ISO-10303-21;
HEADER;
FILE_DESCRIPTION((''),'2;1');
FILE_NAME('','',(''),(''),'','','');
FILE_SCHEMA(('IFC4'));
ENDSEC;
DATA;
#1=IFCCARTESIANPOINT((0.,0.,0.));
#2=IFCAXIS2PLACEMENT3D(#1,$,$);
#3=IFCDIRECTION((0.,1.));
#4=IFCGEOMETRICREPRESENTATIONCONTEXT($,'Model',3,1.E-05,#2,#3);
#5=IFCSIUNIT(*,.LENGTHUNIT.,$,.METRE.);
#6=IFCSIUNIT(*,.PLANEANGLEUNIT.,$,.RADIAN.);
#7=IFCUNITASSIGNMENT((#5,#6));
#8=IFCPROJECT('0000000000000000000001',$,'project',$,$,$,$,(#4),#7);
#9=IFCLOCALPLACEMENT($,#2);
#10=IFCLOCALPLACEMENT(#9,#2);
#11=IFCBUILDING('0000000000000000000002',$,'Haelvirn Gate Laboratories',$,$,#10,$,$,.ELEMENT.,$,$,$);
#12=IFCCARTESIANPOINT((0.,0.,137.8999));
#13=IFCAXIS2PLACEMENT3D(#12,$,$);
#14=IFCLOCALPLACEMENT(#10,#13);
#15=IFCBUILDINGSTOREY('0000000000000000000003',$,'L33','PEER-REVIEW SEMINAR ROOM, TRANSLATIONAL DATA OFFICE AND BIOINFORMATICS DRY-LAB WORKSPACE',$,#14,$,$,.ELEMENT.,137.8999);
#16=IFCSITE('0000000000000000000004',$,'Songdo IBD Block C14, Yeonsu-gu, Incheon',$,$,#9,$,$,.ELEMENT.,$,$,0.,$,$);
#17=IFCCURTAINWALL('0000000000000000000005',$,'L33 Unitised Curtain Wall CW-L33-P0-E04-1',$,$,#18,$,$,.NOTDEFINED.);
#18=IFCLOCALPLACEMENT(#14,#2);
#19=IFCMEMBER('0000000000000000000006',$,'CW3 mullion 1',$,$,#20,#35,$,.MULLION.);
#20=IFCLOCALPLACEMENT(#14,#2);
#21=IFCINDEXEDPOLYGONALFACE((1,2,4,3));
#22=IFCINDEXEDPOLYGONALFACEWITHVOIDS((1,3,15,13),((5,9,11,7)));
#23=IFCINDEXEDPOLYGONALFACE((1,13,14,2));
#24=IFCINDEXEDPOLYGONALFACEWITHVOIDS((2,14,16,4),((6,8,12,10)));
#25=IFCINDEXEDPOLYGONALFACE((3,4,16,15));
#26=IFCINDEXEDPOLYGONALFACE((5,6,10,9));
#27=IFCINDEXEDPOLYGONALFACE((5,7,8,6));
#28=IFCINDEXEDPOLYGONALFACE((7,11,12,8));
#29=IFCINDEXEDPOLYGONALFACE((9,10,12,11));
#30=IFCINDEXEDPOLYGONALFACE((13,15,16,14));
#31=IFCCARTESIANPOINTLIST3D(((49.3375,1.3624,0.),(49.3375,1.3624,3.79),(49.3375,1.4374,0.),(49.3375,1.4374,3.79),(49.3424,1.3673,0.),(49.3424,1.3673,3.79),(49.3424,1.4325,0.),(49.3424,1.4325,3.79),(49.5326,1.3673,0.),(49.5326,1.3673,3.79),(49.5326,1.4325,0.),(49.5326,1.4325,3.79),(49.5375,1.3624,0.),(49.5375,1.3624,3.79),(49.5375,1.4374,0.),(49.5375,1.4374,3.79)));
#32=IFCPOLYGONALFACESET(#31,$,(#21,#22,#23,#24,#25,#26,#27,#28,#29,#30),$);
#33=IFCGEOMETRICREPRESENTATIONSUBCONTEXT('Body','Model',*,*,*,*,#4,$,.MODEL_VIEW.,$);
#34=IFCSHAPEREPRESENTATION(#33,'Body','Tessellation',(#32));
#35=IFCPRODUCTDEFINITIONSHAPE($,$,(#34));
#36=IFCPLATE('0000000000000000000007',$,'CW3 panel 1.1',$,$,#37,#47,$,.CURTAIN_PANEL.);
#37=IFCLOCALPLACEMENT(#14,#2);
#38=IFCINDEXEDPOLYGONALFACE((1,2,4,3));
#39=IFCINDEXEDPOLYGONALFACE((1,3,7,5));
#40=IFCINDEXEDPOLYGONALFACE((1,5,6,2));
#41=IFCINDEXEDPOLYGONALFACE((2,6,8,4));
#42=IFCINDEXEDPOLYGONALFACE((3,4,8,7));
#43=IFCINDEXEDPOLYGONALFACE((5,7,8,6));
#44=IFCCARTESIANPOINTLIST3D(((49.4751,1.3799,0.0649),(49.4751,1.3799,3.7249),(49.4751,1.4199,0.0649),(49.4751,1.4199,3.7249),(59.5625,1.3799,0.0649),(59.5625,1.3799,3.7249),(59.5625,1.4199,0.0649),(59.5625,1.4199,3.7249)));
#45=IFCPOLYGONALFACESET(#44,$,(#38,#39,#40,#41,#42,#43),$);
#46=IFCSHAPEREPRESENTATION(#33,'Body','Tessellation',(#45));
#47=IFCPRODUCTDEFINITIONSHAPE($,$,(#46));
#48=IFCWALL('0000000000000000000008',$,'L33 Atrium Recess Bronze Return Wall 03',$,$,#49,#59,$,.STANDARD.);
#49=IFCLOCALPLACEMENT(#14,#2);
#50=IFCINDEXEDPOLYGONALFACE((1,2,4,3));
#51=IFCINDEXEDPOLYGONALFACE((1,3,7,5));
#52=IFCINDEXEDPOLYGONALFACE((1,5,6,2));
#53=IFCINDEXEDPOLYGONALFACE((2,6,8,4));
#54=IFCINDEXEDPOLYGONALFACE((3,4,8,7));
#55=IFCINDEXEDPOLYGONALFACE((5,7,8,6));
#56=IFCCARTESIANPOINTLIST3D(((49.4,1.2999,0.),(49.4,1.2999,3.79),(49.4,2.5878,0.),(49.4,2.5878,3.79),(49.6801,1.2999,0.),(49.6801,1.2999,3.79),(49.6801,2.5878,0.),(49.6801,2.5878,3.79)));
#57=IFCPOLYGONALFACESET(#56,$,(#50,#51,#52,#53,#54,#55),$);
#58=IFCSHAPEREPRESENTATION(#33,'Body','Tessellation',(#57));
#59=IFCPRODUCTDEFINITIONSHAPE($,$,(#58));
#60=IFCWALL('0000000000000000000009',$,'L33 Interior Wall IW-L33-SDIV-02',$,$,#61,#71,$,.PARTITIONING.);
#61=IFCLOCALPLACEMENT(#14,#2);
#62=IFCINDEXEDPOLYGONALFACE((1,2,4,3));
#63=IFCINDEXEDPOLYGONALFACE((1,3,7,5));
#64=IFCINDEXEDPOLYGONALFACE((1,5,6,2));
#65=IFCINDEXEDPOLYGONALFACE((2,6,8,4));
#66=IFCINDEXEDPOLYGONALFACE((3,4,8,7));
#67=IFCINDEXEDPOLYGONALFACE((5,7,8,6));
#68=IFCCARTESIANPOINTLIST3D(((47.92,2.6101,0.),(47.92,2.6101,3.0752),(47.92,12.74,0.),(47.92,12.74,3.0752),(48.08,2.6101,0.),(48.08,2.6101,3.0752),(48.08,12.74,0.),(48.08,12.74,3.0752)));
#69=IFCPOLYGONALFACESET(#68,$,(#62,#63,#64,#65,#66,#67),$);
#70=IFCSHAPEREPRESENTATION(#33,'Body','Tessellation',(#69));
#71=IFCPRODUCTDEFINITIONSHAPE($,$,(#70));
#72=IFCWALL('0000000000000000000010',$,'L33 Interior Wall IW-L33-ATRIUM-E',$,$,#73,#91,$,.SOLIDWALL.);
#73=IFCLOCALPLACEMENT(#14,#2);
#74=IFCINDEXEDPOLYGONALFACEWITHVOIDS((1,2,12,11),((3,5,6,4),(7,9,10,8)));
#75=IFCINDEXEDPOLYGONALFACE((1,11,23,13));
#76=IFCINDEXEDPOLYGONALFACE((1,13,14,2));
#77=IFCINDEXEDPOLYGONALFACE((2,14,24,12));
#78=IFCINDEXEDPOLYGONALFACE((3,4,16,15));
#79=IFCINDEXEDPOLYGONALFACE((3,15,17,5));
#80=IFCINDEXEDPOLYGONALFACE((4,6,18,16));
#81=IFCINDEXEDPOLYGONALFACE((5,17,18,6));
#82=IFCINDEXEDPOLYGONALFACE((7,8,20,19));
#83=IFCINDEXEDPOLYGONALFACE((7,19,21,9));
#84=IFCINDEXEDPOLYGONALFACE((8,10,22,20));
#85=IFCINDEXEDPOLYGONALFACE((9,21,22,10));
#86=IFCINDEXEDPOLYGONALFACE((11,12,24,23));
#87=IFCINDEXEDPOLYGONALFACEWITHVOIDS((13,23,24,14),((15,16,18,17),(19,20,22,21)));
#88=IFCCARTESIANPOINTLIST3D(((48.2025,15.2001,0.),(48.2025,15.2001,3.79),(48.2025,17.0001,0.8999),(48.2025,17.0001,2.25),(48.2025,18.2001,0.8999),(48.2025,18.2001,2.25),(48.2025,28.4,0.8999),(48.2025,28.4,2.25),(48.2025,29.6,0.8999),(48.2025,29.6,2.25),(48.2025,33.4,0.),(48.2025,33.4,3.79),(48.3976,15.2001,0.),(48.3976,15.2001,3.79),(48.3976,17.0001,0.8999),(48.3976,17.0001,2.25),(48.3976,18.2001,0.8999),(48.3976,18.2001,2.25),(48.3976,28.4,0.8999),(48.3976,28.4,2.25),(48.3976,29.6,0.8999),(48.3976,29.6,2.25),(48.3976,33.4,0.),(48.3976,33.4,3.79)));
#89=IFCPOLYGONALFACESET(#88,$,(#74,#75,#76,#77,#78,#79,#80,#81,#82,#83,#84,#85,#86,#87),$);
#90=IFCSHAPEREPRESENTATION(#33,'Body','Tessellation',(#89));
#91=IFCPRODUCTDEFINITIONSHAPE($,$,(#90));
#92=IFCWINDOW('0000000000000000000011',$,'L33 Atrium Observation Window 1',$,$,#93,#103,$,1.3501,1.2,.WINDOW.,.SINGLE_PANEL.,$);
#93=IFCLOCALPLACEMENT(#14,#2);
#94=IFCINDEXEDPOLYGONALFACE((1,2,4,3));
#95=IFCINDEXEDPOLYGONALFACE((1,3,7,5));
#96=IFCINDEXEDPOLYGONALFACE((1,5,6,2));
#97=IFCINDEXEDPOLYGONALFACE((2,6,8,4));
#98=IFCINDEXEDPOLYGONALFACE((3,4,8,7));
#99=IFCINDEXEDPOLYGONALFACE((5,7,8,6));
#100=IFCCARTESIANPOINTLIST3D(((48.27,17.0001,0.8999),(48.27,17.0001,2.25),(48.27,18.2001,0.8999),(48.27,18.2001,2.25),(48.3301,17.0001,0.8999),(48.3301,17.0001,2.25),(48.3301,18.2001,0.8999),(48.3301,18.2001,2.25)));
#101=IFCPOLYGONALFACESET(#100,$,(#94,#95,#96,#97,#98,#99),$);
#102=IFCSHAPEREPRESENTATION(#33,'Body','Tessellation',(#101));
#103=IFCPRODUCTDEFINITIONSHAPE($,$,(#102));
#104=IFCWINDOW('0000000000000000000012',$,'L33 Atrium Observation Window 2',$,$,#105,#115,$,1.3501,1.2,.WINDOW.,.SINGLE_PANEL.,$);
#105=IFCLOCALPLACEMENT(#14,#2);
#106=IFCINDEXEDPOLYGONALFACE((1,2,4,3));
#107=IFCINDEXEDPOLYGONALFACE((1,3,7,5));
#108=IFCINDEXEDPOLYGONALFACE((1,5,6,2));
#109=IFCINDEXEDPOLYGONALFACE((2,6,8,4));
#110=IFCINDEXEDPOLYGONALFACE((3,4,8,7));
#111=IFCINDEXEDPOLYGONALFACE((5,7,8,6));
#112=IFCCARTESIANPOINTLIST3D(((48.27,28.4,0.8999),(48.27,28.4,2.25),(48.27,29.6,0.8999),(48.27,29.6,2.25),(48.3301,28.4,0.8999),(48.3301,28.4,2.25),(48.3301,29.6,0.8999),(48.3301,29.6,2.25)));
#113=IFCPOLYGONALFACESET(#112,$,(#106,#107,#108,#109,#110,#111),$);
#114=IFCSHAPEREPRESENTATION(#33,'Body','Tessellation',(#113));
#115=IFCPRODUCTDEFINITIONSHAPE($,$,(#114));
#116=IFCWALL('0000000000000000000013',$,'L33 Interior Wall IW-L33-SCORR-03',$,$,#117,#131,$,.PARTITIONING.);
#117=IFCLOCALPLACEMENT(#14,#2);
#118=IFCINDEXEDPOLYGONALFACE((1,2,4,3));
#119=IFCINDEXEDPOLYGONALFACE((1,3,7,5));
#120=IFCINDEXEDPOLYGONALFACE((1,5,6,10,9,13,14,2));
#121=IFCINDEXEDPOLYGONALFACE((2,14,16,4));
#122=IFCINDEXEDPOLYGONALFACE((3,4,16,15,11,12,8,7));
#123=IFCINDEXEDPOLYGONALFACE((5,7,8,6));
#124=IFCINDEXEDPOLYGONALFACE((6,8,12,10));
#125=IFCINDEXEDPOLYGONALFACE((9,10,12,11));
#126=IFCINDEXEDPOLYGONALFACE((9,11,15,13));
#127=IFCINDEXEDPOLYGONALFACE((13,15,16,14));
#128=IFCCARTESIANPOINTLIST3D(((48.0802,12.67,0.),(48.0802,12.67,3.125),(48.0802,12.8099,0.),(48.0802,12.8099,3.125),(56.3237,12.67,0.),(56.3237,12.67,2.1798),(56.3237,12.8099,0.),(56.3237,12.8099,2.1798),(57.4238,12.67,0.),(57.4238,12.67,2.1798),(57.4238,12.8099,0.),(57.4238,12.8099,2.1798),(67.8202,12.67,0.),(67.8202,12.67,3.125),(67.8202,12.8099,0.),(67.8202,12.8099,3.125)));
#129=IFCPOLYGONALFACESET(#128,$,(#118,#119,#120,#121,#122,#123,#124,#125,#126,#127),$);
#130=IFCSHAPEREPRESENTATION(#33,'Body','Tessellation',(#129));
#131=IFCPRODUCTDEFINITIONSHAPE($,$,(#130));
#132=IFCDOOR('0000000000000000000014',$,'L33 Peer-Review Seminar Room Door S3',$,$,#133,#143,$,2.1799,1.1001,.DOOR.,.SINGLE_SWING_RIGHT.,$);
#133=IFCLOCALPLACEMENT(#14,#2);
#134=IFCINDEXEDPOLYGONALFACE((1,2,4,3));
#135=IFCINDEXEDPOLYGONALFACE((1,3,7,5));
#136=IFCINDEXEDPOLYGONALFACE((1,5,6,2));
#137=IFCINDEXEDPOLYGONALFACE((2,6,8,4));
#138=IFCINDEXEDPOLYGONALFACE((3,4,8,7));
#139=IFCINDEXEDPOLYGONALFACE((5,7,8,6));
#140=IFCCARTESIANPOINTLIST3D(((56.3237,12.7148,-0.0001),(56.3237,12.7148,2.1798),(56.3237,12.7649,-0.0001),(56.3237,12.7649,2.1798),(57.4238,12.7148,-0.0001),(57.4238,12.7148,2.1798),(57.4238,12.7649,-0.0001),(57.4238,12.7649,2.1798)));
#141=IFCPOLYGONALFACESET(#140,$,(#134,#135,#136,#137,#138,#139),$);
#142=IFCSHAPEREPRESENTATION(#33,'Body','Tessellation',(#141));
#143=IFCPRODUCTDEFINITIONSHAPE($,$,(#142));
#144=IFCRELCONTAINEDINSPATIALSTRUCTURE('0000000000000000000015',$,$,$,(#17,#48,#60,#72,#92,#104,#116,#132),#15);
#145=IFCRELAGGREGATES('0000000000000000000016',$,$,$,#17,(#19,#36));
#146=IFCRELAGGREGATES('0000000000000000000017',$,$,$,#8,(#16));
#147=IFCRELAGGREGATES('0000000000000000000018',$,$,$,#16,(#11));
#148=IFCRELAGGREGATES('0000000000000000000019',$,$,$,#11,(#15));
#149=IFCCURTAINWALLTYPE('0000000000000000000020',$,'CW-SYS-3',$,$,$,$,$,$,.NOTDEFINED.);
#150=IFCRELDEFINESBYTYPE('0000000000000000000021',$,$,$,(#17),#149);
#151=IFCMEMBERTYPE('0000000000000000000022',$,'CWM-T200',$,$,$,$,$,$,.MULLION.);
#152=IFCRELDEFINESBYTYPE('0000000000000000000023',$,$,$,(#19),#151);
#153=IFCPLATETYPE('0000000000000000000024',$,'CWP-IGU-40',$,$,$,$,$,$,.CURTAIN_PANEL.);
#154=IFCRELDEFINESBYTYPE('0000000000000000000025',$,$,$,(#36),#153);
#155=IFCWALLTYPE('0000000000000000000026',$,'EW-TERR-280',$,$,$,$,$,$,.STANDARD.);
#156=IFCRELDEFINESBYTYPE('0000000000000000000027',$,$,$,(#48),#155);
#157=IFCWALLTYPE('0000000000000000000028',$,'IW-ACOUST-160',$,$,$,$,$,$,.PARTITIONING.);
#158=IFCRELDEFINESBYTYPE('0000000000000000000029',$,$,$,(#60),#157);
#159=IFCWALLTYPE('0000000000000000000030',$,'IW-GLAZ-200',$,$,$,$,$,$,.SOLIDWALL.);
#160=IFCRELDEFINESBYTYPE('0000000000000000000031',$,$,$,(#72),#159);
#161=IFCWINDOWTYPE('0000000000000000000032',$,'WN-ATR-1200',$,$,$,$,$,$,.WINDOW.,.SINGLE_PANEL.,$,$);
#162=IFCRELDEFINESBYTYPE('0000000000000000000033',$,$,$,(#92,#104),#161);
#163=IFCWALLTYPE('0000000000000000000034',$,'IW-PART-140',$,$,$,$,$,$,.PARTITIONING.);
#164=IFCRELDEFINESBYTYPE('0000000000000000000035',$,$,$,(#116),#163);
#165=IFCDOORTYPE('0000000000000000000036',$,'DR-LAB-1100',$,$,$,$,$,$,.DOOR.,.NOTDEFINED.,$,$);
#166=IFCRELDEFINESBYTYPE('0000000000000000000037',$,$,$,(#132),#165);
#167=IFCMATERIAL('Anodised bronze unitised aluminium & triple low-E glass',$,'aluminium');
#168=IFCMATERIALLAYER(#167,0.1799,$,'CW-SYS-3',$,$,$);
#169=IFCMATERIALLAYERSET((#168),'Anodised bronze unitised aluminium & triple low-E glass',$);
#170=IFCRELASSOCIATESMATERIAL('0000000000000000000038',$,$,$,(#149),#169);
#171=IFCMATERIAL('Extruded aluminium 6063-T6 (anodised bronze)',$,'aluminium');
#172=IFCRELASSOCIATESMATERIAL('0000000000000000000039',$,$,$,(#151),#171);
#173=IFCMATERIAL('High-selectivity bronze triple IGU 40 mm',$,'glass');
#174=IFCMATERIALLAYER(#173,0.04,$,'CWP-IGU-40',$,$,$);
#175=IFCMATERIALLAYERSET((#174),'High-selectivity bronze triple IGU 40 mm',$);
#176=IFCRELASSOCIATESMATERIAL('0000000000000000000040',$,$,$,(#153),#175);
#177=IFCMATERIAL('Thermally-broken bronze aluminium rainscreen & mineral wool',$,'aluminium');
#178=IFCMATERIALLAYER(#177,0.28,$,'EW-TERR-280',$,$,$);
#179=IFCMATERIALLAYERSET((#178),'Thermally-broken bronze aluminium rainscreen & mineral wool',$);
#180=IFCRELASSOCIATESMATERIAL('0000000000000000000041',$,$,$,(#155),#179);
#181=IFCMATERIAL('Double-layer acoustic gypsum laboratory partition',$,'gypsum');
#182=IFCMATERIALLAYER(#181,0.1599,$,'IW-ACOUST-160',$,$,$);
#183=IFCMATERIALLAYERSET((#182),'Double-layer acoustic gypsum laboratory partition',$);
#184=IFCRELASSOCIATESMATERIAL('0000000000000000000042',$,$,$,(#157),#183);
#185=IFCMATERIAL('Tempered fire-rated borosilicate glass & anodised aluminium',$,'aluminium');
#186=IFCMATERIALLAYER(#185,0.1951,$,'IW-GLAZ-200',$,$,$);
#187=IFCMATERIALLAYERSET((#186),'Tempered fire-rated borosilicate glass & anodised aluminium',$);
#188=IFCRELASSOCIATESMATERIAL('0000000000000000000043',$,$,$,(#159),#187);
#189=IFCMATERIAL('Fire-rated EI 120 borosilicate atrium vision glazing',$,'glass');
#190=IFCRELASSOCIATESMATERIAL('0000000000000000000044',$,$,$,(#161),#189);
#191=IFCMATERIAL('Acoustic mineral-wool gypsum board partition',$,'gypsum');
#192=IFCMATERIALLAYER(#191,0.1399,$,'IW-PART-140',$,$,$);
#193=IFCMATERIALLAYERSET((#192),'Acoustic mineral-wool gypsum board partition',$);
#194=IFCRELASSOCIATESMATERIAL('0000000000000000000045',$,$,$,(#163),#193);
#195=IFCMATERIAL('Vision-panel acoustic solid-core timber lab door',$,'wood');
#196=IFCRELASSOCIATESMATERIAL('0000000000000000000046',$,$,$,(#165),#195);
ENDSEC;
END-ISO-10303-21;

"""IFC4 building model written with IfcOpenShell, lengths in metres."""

from ifc_helpers import new_model, si_unit, direction, frame, frame_2d, origin, origin_2d, place, context, subcontext, project, spatial, rectangle, hollow_rectangle, extrude, source, transform, mapped, material, layer, layer_set, material_profile, profile_set, type_object, type_shapes, element, fill, aggregate, save


model = new_model("IFC4")

# Units and contexts
model_context = context("Model", 3, precision=1e-05, world=origin(), true_north=direction((0.0, 1.0)))
body_context = subcontext(model_context, "Body", "Model", "MODEL_VIEW")
ifc_project = project(units=[si_unit("LENGTHUNIT", "METRE"), si_unit("PLANEANGLEUNIT", "RADIAN")], contexts=[model_context])

# Site, building, storey
site_placement = place(None, origin())
site = spatial("IfcSite", under=ifc_project, at=site_placement, Name="Songdo IBD Block C14, Yeonsu-gu, Incheon", CompositionType="ELEMENT", RefElevation=0.0)
building_placement = place(site_placement, origin())
building = spatial("IfcBuilding", under=site, at=building_placement, Name="Haelvirn Gate Laboratories", CompositionType="ELEMENT")
storey_placement = place(building_placement, frame((0.0, 0.0, 137.8999)))
storey = spatial("IfcBuildingStorey", under=building, at=storey_placement, Name="L33", Description="PEER-REVIEW SEMINAR ROOM, TRANSLATIONAL DATA OFFICE AND BIOINFORMATICS DRY-LAB WORKSPACE", CompositionType="ELEMENT", Elevation=137.8999)

# Curtain wall
ifc_material_1 = material(Name="Anodised bronze unitised aluminium & triple low-E glass", Category="aluminium")
ifc_layer_1 = layer(ifc_material_1, 0.1799, Name="CW-SYS-3")
ifc_layer_set_1 = layer_set([ifc_layer_1], Name="Anodised bronze unitised aluminium & triple low-E glass")
curtain_wall_type = type_object("IfcCurtainWallType", Name="CW-SYS-3", PredefinedType="NOTDEFINED", material=ifc_layer_set_1)
curtain_wall_1_placement = place(storey_placement, origin())
curtain_wall_1 = element("IfcCurtainWall", 1, at=curtain_wall_1_placement, inside=storey, type_object=curtain_wall_type, Name="L33 Unitised Curtain Wall CW-L33-P0-E04-1", PredefinedType="NOTDEFINED")
ifc_material_2 = material(Name="Extruded aluminium 6063-T6 (anodised bronze)", Category="aluminium")

# Shared definitions
ifc_material_profile_1 = material_profile(ifc_material_2, hollow_rectangle(XDim=0.075, YDim=0.2, WallThickness=0.0049, at=origin_2d()), Name="CWM-200x75x5")
ifc_profile_set_1 = profile_set([ifc_material_profile_1], Name="Extruded aluminium 6063-T6 (anodised bronze)")
member_type_1 = type_object("IfcMemberType", Name="CWM-T200", PredefinedType="MULLION", material=ifc_profile_set_1)
shared_shape_1 = source(origin(), body_context, "Body", "SweptSolid", [
    extrude(hollow_rectangle(XDim=0.075, YDim=0.2, WallThickness=0.0049, at=origin_2d()), origin(), (0.0, 0.0, 1.0), 3.79),
])
type_shapes(member_type_1, [shared_shape_1])

# Member
member_1_placement = place(storey_placement, frame((49.4375, 1.3999, 0.0), z_axis=(0.0, 0.0, 1.0), x_axis=(0.0, 1.0, 0.0)))
member_1 = element("IfcMember", 2, at=member_1_placement, type_object=member_type_1, Name="CW3 mullion 1", PredefinedType="MULLION", context=body_context, shape_type="MappedRepresentation", body=[
    mapped(shared_shape_1, transform((0.0, 0.0, 0.0), scale=1.0)),
])

# Plate
ifc_material_3 = material(Name="High-selectivity bronze triple IGU 40 mm", Category="glass")
ifc_layer_2 = layer(ifc_material_3, 0.04, Name="CWP-IGU-40")
ifc_layer_set_2 = layer_set([ifc_layer_2], Name="High-selectivity bronze triple IGU 40 mm")
plate_type = type_object("IfcPlateType", Name="CWP-IGU-40", PredefinedType="CURTAIN_PANEL", material=ifc_layer_set_2)
shared_shape_2 = source(origin(), body_context, "Body", "SweptSolid", [
    extrude(rectangle(XDim=10.0874, YDim=0.04, at=origin_2d()), origin(), (0.0, 0.0, 1.0), 3.6599),
])
type_shapes(plate_type, [shared_shape_2])
plate_placement = place(storey_placement, frame((54.5188, 1.3999, 0.0649), z_axis=(0.0, 0.0, 1.0), x_axis=(1.0, 0.0, 0.0)))
plate = element("IfcPlate", 3, at=plate_placement, type_object=plate_type, Name="CW3 panel 1.1", PredefinedType="CURTAIN_PANEL", context=body_context, shape_type="MappedRepresentation", body=[
    mapped(shared_shape_2, transform((0.0, 0.0, 0.0), scale=1.0)),
])
aggregate(curtain_wall_1, [member_1, plate])

# Walls
ifc_material_4 = material(Name="Thermally-broken bronze aluminium rainscreen & mineral wool", Category="aluminium")
ifc_layer_3 = layer(ifc_material_4, 0.28, Name="EW-TERR-280")
ifc_layer_set_3 = layer_set([ifc_layer_3], Name="Thermally-broken bronze aluminium rainscreen & mineral wool")
wall_type_1 = type_object("IfcWallType", Name="EW-TERR-280", PredefinedType="STANDARD", material=ifc_layer_set_3)
wall_1_placement = place(storey_placement, frame((49.54, 2.5879, 0.0), z_axis=(0.0, 0.0, 1.0), x_axis=(0.0, -1.0, 0.0)))
element("IfcWall", 4, at=wall_1_placement, inside=storey, type_object=wall_type_1, Name="L33 Atrium Recess Bronze Return Wall 03", PredefinedType="STANDARD", context=body_context, shape_type="SweptSolid", body=[
    extrude(rectangle(XDim=1.2878, YDim=0.28, at=frame_2d((0.644, 0.0))), origin(), (0.0, 0.0, 1.0), 3.79),
])
ifc_material_5 = material(Name="Double-layer acoustic gypsum laboratory partition", Category="gypsum")
ifc_layer_4 = layer(ifc_material_5, 0.1599, Name="IW-ACOUST-160")
ifc_layer_set_4 = layer_set([ifc_layer_4], Name="Double-layer acoustic gypsum laboratory partition")
wall_type_2 = type_object("IfcWallType", Name="IW-ACOUST-160", PredefinedType="PARTITIONING", material=ifc_layer_set_4)
wall_2_placement = place(storey_placement, frame((48.0, 2.6101, 0.0), z_axis=(0.0, 0.0, 1.0), x_axis=(0.0, 1.0, 0.0)))
element("IfcWall", 5, at=wall_2_placement, inside=storey, type_object=wall_type_2, Name="L33 Interior Wall IW-L33-SDIV-02", PredefinedType="PARTITIONING", context=body_context, shape_type="SweptSolid", body=[
    extrude(rectangle(XDim=10.1299, YDim=0.1599, at=frame_2d((5.0649, 0.0))), origin(), (0.0, 0.0, 1.0), 3.0752),
])

# Wall, openings, windows
ifc_material_6 = material(Name="Tempered fire-rated borosilicate glass & anodised aluminium", Category="aluminium")
ifc_layer_5 = layer(ifc_material_6, 0.1951, Name="IW-GLAZ-200")
ifc_layer_set_5 = layer_set([ifc_layer_5], Name="Tempered fire-rated borosilicate glass & anodised aluminium")
wall_type_3 = type_object("IfcWallType", Name="IW-GLAZ-200", PredefinedType="SOLIDWALL", material=ifc_layer_set_5)
wall_3_placement = place(storey_placement, frame((48.3, 15.2, 0.0), z_axis=(0.0, 0.0, 1.0), x_axis=(0.0, 1.0, 0.0)))
wall_3 = element("IfcWall", 6, at=wall_3_placement, inside=storey, type_object=wall_type_3, Name="L33 Interior Wall IW-L33-ATRIUM-E", PredefinedType="SOLIDWALL", context=body_context, shape_type="SweptSolid", body=[
    extrude(rectangle(XDim=18.2, YDim=0.1951, at=frame_2d((9.1001, 0.0))), origin(), (0.0, 0.0, 1.0), 3.79),
])
opening_1_placement = place(wall_3_placement, frame((1.8, 0.0, 0.8999)))
opening_1 = element("IfcOpeningElement", 7, at=opening_1_placement, cuts=wall_3, PredefinedType="OPENING", context=body_context, shape_type="SweptSolid", body=[
    extrude(rectangle(XDim=1.2, YDim=1.3501, at=frame_2d((0.6001, 0.675))), frame((0.0, 0.1074, 0.0), z_axis=(0.0, -1.0, 0.0), x_axis=(1.0, 0.0, 0.0)), (0.0, 0.0, 1.0), 0.2151),
])
opening_2_placement = place(wall_3_placement, frame((13.2, 0.0, 0.8999)))
opening_2 = element("IfcOpeningElement", 8, at=opening_2_placement, cuts=wall_3, PredefinedType="OPENING", context=body_context, shape_type="SweptSolid", body=[
    extrude(rectangle(XDim=1.2, YDim=1.3501, at=frame_2d((0.6001, 0.675))), frame((0.0, 0.1074, 0.0), z_axis=(0.0, -1.0, 0.0), x_axis=(1.0, 0.0, 0.0)), (0.0, 0.0, 1.0), 0.2151),
])
ifc_material_7 = material(Name="Fire-rated EI 120 borosilicate atrium vision glazing", Category="glass")
window_type = type_object("IfcWindowType", Name="WN-ATR-1200", PartitioningType="SINGLE_PANEL", PredefinedType="WINDOW", material=ifc_material_7)
shared_shape_3 = source(origin(), body_context, "Body", "SweptSolid", [
    extrude(rectangle(XDim=1.2, YDim=1.3501, at=frame_2d((0.6001, 0.675))), frame((0.0, 0.03, 0.0), z_axis=(0.0, -1.0, 0.0), x_axis=(1.0, 0.0, 0.0)), (0.0, 0.0, 1.0), 0.0601),
])
type_shapes(window_type, [shared_shape_3])
window_1_placement = place(opening_1_placement, origin())
window_1 = element("IfcWindow", 9, at=window_1_placement, inside=storey, type_object=window_type, Name="L33 Atrium Observation Window 1", OverallHeight=1.3501, OverallWidth=1.2, PartitioningType="SINGLE_PANEL", PredefinedType="WINDOW", context=body_context, shape_type="MappedRepresentation", body=[
    mapped(shared_shape_3, transform((0.0, 0.0, 0.0), scale=1.0)),
])
fill(opening_1, window_1)
window_2_placement = place(opening_2_placement, origin())
window_2 = element("IfcWindow", 10, at=window_2_placement, inside=storey, type_object=window_type, Name="L33 Atrium Observation Window 2", OverallHeight=1.3501, OverallWidth=1.2, PartitioningType="SINGLE_PANEL", PredefinedType="WINDOW", context=body_context, shape_type="MappedRepresentation", body=[
    mapped(shared_shape_3, transform((0.0, 0.0, 0.0), scale=1.0)),
])
fill(opening_2, window_2)

# Wall, opening, door
ifc_material_8 = material(Name="Acoustic mineral-wool gypsum board partition", Category="gypsum")
ifc_layer_6 = layer(ifc_material_8, 0.1399, Name="IW-PART-140")
ifc_layer_set_6 = layer_set([ifc_layer_6], Name="Acoustic mineral-wool gypsum board partition")
wall_type_4 = type_object("IfcWallType", Name="IW-PART-140", PredefinedType="PARTITIONING", material=ifc_layer_set_6)
wall_4_placement = place(storey_placement, frame((48.0801, 12.74, 0.0), z_axis=(0.0, 0.0, 1.0), x_axis=(1.0, 0.0, 0.0)))
wall_4 = element("IfcWall", 11, at=wall_4_placement, inside=storey, type_object=wall_type_4, Name="L33 Interior Wall IW-L33-SCORR-03", PredefinedType="PARTITIONING", context=body_context, shape_type="SweptSolid", body=[
    extrude(rectangle(XDim=19.74, YDim=0.1399, at=frame_2d((9.8701, 0.0))), origin(), (0.0, 0.0, 1.0), 3.125),
])
opening_3_placement = place(wall_4_placement, frame((8.2437, 0.0, 0.0)))
opening_3 = element("IfcOpeningElement", 12, at=opening_3_placement, cuts=wall_4, PredefinedType="OPENING", context=body_context, shape_type="SweptSolid", body=[
    extrude(rectangle(XDim=1.1001, YDim=2.1799, at=frame_2d((0.55, 1.0898))), frame((0.0, 0.0801, 0.0), z_axis=(0.0, -1.0, 0.0), x_axis=(1.0, 0.0, 0.0)), (0.0, 0.0, 1.0), 0.1599),
])
ifc_material_9 = material(Name="Vision-panel acoustic solid-core timber lab door", Category="wood")
door_type_1 = type_object("IfcDoorType", Name="DR-LAB-1100", OperationType="NOTDEFINED", PredefinedType="DOOR", material=ifc_material_9)
shared_shape_4 = source(origin(), body_context, "Body", "SweptSolid", [
    extrude(rectangle(XDim=1.1001, YDim=2.1799, at=frame_2d((0.55, 1.0898))), frame((0.0, 0.0249, 0.0), z_axis=(0.0, -1.0, 0.0), x_axis=(1.0, 0.0, 0.0)), (0.0, 0.0, 1.0), 0.05),
])
type_shapes(door_type_1, [shared_shape_4])
door_1_placement = place(opening_3_placement, origin())
door_1 = element("IfcDoor", 13, at=door_1_placement, inside=storey, type_object=door_type_1, Name="L33 Peer-Review Seminar Room Door S3", OperationType="SINGLE_SWING_RIGHT", OverallHeight=2.1799, OverallWidth=1.1001, PredefinedType="DOOR", context=body_context, shape_type="MappedRepresentation", body=[
    mapped(shared_shape_4, transform((0.0, 0.0, 0.0), scale=1.0)),
])
fill(opening_3, door_1)

save(model, "model.ifc")
